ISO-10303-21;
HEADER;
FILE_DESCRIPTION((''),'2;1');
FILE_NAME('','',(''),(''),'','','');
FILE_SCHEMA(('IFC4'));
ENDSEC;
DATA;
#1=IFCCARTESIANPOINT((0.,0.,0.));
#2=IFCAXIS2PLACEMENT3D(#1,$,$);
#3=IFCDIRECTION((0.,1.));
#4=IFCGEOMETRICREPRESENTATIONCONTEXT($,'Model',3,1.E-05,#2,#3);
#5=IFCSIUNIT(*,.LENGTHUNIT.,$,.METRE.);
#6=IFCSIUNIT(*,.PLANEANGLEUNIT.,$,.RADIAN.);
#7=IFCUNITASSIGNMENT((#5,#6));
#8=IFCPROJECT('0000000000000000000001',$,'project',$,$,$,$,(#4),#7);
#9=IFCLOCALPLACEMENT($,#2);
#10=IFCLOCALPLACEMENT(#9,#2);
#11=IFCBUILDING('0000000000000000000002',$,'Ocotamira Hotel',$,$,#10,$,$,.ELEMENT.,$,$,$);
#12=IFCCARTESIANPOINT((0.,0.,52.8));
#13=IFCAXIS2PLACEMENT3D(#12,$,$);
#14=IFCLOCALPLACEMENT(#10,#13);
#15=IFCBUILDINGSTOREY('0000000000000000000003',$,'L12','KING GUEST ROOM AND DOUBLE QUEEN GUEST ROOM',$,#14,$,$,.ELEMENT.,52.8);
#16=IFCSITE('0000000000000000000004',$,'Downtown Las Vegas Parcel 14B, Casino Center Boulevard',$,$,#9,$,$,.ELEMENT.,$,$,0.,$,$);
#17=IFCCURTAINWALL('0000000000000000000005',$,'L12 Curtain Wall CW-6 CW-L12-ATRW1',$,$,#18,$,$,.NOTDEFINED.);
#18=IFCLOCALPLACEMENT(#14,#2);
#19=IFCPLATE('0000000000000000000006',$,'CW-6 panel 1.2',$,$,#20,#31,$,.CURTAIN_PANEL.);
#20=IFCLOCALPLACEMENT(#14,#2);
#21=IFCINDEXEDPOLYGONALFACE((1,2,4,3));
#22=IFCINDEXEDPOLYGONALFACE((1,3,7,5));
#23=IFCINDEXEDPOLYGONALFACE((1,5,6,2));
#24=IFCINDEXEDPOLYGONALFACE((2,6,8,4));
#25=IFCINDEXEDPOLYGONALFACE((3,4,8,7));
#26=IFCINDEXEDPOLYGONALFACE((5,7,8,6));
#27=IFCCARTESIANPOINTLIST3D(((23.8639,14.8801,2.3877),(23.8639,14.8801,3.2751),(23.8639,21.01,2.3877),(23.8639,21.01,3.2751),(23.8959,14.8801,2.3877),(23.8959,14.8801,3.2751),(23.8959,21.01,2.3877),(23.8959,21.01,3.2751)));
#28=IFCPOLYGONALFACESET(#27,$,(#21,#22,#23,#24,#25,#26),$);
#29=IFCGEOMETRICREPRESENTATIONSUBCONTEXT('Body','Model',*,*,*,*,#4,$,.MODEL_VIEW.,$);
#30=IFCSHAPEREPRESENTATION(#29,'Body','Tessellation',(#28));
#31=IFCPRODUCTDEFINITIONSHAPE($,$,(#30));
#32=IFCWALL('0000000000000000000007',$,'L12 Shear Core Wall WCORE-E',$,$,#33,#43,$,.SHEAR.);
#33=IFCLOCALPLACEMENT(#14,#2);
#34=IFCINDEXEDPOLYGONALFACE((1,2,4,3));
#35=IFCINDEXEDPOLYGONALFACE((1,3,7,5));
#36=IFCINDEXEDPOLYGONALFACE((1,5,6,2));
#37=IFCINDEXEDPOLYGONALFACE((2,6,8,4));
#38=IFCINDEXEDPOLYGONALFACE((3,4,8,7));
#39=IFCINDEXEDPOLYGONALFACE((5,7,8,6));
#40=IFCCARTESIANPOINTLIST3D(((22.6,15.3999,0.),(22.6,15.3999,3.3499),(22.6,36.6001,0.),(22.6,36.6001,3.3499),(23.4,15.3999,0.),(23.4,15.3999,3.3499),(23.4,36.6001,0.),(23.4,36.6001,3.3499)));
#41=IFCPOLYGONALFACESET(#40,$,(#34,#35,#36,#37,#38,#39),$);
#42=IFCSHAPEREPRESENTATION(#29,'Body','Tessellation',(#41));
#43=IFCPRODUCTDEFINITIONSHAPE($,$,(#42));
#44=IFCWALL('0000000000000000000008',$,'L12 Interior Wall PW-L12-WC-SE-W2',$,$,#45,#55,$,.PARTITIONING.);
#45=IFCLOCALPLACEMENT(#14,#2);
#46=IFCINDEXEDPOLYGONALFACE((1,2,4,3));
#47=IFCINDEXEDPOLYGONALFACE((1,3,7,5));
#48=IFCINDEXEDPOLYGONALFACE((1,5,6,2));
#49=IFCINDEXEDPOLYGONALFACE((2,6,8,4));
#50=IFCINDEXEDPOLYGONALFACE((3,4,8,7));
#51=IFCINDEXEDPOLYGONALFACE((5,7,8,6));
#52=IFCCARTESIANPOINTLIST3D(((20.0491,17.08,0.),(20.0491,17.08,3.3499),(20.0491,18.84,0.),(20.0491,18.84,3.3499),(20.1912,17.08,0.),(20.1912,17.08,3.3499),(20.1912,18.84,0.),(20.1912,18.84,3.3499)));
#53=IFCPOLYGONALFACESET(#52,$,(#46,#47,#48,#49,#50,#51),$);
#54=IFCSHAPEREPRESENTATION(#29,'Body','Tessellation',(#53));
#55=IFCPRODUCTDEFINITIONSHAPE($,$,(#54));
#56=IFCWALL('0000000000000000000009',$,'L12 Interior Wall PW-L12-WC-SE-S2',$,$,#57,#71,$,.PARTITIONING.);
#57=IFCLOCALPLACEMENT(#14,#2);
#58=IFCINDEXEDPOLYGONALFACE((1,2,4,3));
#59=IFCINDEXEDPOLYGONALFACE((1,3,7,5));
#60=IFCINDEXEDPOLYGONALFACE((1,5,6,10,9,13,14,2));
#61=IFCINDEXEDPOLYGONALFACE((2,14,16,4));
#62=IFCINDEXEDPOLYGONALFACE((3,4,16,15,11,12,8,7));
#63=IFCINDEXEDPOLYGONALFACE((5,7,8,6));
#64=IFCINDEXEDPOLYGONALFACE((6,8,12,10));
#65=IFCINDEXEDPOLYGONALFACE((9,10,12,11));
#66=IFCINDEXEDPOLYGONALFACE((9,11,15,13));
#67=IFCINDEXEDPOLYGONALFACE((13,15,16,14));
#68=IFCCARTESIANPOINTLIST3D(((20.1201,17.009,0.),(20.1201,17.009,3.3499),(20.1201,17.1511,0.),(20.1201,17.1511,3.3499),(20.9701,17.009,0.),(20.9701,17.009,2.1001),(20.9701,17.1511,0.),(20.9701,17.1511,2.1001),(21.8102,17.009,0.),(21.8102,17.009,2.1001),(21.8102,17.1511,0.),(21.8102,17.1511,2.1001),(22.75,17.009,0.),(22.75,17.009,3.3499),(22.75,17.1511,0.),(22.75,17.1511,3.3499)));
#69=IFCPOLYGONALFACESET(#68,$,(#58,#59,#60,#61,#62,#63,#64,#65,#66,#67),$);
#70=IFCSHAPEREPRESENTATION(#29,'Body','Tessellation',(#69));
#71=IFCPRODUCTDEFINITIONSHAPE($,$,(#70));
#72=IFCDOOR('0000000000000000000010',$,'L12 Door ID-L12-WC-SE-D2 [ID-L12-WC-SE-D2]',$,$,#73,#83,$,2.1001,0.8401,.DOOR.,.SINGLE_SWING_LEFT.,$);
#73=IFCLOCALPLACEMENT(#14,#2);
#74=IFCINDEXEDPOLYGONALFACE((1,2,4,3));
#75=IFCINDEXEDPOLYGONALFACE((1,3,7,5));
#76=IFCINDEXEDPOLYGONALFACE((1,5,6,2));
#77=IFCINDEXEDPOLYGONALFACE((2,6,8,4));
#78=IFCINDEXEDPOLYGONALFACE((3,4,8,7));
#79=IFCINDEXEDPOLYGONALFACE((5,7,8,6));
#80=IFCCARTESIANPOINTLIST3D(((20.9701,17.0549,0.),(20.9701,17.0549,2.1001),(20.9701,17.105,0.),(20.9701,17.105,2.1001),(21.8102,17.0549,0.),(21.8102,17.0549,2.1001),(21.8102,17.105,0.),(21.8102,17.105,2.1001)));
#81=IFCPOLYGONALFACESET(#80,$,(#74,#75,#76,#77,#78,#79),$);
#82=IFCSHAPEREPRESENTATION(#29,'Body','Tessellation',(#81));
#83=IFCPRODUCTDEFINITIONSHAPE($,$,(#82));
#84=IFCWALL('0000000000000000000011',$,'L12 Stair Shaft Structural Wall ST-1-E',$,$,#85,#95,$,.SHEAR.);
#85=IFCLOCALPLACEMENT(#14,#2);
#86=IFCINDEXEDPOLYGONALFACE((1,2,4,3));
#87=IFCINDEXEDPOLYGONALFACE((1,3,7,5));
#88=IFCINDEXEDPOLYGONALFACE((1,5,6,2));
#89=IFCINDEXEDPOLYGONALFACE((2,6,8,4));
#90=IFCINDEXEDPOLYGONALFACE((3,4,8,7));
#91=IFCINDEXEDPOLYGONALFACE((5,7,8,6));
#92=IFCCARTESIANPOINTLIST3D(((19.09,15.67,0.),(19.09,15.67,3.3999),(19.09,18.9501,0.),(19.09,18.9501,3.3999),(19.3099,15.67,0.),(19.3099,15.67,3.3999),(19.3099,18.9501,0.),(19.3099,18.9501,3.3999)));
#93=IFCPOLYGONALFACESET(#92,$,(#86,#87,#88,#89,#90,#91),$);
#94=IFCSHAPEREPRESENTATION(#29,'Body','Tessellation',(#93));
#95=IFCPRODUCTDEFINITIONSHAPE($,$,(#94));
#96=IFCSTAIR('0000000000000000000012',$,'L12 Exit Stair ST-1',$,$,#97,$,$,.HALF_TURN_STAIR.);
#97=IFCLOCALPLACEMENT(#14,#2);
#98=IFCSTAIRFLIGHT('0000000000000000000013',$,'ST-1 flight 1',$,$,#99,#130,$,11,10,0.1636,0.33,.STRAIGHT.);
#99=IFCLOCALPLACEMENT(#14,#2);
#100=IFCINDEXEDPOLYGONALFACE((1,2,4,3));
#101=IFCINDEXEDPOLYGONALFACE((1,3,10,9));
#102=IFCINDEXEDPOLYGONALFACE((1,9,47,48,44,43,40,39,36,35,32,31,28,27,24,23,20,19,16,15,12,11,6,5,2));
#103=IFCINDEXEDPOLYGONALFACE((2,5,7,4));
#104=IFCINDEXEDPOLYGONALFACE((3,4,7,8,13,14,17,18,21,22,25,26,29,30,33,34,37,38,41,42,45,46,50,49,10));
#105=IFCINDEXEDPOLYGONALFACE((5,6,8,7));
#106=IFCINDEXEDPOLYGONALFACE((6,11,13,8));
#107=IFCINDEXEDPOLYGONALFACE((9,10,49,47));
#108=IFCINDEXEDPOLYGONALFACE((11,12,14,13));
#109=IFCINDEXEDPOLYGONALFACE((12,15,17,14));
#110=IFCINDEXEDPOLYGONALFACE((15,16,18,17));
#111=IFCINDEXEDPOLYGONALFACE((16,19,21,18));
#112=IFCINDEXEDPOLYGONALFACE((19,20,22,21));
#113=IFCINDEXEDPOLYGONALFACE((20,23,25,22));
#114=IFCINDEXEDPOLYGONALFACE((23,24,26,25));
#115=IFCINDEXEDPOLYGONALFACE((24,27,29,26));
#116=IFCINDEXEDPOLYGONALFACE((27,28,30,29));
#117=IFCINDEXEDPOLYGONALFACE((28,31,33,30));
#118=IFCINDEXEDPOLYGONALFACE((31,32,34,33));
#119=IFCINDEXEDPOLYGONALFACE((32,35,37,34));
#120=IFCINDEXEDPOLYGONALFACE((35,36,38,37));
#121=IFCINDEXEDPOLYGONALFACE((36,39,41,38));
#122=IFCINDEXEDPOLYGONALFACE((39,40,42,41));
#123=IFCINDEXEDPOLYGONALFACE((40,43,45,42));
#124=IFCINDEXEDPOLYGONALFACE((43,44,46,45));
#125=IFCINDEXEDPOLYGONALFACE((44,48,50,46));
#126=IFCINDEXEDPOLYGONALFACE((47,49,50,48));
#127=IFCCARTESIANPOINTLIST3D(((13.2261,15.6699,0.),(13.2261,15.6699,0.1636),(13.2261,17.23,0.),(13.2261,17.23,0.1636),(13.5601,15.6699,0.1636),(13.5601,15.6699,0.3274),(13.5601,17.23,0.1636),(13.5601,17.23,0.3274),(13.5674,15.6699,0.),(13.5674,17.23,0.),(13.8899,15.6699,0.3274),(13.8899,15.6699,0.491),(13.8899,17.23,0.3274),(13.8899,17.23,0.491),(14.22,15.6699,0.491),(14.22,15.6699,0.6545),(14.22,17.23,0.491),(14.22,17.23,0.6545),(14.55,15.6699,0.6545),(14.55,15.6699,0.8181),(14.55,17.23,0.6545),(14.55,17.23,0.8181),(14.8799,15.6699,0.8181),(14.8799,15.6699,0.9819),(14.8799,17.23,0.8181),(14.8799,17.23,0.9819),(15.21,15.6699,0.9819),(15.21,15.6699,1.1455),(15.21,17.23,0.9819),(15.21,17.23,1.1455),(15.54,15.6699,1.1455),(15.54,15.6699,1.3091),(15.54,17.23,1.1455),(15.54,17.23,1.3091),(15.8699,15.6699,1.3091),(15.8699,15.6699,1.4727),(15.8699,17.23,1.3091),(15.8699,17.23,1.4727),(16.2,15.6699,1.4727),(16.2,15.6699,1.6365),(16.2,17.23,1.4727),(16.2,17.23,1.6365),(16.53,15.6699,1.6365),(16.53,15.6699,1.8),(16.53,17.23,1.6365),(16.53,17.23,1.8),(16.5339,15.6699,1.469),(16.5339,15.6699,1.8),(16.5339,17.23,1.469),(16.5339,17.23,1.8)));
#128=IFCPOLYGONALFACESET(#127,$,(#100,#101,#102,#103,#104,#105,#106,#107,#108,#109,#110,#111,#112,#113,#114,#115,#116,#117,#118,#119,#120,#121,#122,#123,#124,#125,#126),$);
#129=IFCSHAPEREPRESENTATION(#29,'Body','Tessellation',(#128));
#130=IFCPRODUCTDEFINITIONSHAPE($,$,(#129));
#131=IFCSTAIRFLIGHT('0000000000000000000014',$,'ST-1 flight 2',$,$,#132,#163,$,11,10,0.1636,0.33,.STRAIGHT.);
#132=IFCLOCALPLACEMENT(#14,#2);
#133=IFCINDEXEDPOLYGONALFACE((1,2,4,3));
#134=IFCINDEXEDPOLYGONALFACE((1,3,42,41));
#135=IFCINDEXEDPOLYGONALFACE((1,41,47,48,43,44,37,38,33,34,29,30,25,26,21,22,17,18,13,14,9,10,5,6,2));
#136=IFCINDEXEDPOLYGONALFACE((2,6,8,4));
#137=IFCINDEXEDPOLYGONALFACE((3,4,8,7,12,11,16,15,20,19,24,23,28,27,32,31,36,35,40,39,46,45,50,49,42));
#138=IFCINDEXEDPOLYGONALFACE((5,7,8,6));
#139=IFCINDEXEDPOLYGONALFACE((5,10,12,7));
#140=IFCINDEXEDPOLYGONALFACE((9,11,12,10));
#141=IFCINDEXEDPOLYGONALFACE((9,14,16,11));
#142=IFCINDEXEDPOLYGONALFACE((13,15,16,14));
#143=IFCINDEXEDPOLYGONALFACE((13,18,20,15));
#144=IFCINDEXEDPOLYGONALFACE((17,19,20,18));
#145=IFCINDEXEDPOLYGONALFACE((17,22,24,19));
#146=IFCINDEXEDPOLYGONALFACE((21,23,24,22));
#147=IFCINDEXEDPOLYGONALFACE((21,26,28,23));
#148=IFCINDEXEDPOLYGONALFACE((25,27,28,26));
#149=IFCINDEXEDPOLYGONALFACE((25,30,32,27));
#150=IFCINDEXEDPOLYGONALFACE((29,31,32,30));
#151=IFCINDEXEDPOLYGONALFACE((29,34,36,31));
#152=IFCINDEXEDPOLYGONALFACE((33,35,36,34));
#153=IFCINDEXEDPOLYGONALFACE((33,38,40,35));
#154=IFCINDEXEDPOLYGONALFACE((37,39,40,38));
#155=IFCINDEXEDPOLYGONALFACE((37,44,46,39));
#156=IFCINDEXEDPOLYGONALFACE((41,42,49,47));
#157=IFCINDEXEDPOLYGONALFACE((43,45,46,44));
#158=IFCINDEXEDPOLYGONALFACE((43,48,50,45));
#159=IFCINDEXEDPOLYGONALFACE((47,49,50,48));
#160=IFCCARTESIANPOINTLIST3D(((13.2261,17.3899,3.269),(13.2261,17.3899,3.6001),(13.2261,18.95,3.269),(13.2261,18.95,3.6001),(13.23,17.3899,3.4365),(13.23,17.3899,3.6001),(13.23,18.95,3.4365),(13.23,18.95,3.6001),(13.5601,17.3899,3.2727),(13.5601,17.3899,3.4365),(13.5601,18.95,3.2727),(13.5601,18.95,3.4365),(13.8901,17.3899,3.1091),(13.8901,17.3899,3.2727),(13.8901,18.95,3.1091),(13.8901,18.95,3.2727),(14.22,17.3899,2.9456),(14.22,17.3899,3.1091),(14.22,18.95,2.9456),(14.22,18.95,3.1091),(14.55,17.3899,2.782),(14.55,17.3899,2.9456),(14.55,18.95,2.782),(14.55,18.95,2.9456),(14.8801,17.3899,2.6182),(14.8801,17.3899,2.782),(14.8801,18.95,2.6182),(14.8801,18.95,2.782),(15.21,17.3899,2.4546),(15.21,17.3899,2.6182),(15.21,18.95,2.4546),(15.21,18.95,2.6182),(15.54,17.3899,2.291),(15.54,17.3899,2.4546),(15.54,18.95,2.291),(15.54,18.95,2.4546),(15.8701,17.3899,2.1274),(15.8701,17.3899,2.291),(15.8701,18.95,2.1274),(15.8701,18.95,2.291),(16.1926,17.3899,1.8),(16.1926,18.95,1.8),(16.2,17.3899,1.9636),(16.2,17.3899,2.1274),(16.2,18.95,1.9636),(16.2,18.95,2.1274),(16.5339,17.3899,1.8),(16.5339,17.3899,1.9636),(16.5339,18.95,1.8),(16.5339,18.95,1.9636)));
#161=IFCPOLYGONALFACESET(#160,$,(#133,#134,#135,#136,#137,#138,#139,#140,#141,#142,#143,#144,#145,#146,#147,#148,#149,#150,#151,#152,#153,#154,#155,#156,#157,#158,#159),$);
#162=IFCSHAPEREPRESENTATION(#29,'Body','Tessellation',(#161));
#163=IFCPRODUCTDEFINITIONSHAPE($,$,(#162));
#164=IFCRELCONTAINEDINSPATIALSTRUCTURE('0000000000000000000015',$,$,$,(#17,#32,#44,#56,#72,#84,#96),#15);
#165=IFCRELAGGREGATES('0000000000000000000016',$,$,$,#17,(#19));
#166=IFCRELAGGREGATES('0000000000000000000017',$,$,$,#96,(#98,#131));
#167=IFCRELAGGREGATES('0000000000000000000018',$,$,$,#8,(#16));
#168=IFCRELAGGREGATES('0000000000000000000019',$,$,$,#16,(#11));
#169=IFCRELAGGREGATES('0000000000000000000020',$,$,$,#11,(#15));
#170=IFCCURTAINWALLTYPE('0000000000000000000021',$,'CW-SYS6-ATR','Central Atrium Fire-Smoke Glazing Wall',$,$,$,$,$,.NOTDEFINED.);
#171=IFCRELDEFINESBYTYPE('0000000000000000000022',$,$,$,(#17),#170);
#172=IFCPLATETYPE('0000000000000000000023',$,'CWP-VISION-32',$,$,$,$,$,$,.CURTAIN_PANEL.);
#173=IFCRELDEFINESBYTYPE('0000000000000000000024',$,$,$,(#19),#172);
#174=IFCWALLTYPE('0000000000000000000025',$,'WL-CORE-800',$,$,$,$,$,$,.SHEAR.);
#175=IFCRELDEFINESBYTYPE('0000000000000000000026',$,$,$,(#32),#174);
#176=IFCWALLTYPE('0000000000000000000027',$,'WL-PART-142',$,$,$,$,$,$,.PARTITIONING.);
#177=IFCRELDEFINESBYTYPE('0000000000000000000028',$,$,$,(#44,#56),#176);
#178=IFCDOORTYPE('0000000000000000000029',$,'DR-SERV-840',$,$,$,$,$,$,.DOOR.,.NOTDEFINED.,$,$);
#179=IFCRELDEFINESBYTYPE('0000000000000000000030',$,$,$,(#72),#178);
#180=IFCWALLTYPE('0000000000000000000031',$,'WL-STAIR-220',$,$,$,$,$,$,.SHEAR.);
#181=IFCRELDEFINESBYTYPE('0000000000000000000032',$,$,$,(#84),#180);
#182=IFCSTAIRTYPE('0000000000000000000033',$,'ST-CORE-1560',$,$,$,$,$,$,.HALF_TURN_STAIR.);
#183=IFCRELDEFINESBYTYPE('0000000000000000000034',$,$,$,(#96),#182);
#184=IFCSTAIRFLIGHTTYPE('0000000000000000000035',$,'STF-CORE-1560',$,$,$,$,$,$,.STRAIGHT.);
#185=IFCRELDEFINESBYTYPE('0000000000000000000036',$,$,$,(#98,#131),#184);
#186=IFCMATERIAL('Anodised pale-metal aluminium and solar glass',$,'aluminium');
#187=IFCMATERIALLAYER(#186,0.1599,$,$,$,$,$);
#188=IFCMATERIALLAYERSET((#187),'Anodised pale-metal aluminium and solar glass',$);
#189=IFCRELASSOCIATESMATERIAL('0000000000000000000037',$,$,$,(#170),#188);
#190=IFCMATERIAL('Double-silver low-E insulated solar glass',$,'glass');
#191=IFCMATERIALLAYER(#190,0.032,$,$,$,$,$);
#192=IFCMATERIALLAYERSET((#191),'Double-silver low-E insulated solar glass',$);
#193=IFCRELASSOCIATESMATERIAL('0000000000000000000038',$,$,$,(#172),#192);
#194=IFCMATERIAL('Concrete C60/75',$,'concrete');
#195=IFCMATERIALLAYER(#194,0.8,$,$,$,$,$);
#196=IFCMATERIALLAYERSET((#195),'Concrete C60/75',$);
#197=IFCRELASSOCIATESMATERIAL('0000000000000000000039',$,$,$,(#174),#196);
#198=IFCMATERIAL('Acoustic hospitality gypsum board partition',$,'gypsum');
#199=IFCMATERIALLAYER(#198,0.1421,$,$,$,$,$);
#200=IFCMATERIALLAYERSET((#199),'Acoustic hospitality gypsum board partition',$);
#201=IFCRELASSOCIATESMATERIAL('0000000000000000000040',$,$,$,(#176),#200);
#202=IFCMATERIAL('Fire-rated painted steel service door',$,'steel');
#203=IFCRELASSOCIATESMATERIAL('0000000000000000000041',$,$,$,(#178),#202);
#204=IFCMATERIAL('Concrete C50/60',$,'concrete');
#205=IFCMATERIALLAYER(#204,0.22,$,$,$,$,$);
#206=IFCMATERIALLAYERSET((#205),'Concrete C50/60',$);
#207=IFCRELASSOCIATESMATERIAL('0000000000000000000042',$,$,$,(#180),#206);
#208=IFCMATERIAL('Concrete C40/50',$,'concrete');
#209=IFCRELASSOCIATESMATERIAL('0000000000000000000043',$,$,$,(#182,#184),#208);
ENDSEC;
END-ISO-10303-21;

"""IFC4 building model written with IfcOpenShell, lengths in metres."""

from ifc_helpers import new_model, si_unit, direction, frame, frame_2d, origin, origin_2d, place, context, subcontext, project, spatial, polyline, rectangle, outline, extrude, source, transform, mapped, material, layer, layer_set, type_object, element, fill, aggregate, save


model = new_model("IFC4")

# Units and contexts
model_context = context("Model", 3, precision=1e-05, world=origin(), true_north=direction((0.0, 1.0)))
body_context = subcontext(model_context, "Body", "Model", "MODEL_VIEW")
ifc_project = project(units=[si_unit("LENGTHUNIT", "METRE"), si_unit("PLANEANGLEUNIT", "RADIAN")], contexts=[model_context])

# Site, building, storey
site_placement = place(None, origin())
site = spatial("IfcSite", under=ifc_project, at=site_placement, Name="Downtown Las Vegas Parcel 14B, Casino Center Boulevard", CompositionType="ELEMENT", RefElevation=0.0)
building_placement = place(site_placement, origin())
building = spatial("IfcBuilding", under=site, at=building_placement, Name="Ocotamira Hotel", CompositionType="ELEMENT")
storey_placement = place(building_placement, frame((0.0, 0.0, 52.8)))
storey = spatial("IfcBuildingStorey", under=building, at=storey_placement, Name="L12", Description="KING GUEST ROOM AND DOUBLE QUEEN GUEST ROOM", CompositionType="ELEMENT", Elevation=52.8)

# Curtain wall, plate
ifc_material_1 = material(Name="Anodised pale-metal aluminium and solar glass", Category="aluminium")
ifc_layer_1 = layer(ifc_material_1, 0.1599)
ifc_layer_set_1 = layer_set([ifc_layer_1], Name="Anodised pale-metal aluminium and solar glass")
curtain_wall_type = type_object("IfcCurtainWallType", Name="CW-SYS6-ATR", Description="Central Atrium Fire-Smoke Glazing Wall", PredefinedType="NOTDEFINED", material=ifc_layer_set_1)
curtain_wall_placement = place(storey_placement, origin())
curtain_wall = element("IfcCurtainWall", 1, at=curtain_wall_placement, inside=storey, type_object=curtain_wall_type, Name="L12 Curtain Wall CW-6 CW-L12-ATRW1", PredefinedType="NOTDEFINED")
ifc_material_2 = material(Name="Double-silver low-E insulated solar glass", Category="glass")
ifc_layer_2 = layer(ifc_material_2, 0.032)
ifc_layer_set_2 = layer_set([ifc_layer_2], Name="Double-silver low-E insulated solar glass")
plate_type = type_object("IfcPlateType", Name="CWP-VISION-32", PredefinedType="CURTAIN_PANEL", material=ifc_layer_set_2)
shared_shape_1 = source(origin(), body_context, "Body", "SweptSolid", [
    extrude(rectangle(XDim=6.1299, YDim=0.032, at=origin_2d()), origin(), (0.0, 0.0, 1.0), 0.8875),
])
plate_1_placement = place(storey_placement, frame((23.8799, 17.9451, 2.3877), z_axis=(0.0, 0.0, 1.0), x_axis=(0.0, 1.0, 0.0)))
plate_1 = element("IfcPlate", 2, at=plate_1_placement, type_object=plate_type, Name="CW-6 panel 1.2", PredefinedType="CURTAIN_PANEL", context=body_context, shape_type="MappedRepresentation", body=[
    mapped(shared_shape_1, transform((0.0, 0.0, 0.0), scale=1.0)),
])
aggregate(curtain_wall, [plate_1])

# Walls
ifc_material_3 = material(Name="Concrete C60/75", Category="concrete")
ifc_layer_3 = layer(ifc_material_3, 0.8)
ifc_layer_set_3 = layer_set([ifc_layer_3], Name="Concrete C60/75")
wall_type_1 = type_object("IfcWallType", Name="WL-CORE-800", PredefinedType="SHEAR", material=ifc_layer_set_3)
wall_1_placement = place(storey_placement, frame((23.0, 15.3999, 0.0), z_axis=(0.0, 0.0, 1.0), x_axis=(0.0, 1.0, 0.0)))
element("IfcWall", 3, at=wall_1_placement, inside=storey, type_object=wall_type_1, Name="L12 Shear Core Wall WCORE-E", PredefinedType="SHEAR", context=body_context, shape_type="SweptSolid", body=[
    extrude(rectangle(XDim=21.2002, YDim=0.8, at=frame_2d((10.6001, 0.0))), origin(), (0.0, 0.0, 1.0), 3.3499),
])
ifc_material_4 = material(Name="Acoustic hospitality gypsum board partition", Category="gypsum")
ifc_layer_4 = layer(ifc_material_4, 0.1421)
ifc_layer_set_4 = layer_set([ifc_layer_4], Name="Acoustic hospitality gypsum board partition")
wall_type_2 = type_object("IfcWallType", Name="WL-PART-142", PredefinedType="PARTITIONING", material=ifc_layer_set_4)
wall_2_placement = place(storey_placement, frame((20.1201, 17.0801, 0.0), z_axis=(0.0, 0.0, 1.0), x_axis=(0.0, 1.0, 0.0)))
element("IfcWall", 4, at=wall_2_placement, inside=storey, type_object=wall_type_2, Name="L12 Interior Wall PW-L12-WC-SE-W2", PredefinedType="PARTITIONING", context=body_context, shape_type="SweptSolid", body=[
    extrude(rectangle(XDim=1.76, YDim=0.1421, at=frame_2d((0.8799, 0.0))), origin(), (0.0, 0.0, 1.0), 3.3499),
])

# Wall, opening, door
wall_3_placement = place(storey_placement, frame((20.1201, 17.0801, 0.0), z_axis=(0.0, 0.0, 1.0), x_axis=(1.0, 0.0, 0.0)))
wall_3 = element("IfcWall", 5, at=wall_3_placement, inside=storey, type_object=wall_type_2, Name="L12 Interior Wall PW-L12-WC-SE-S2", PredefinedType="PARTITIONING", context=body_context, shape_type="SweptSolid", body=[
    extrude(rectangle(XDim=2.6299, YDim=0.1421, at=frame_2d((1.3149, 0.0))), origin(), (0.0, 0.0, 1.0), 3.3499),
])
opening_placement = place(wall_3_placement, frame((0.8501, 0.0, 0.0)))
opening = element("IfcOpeningElement", 6, at=opening_placement, cuts=wall_3, PredefinedType="OPENING", context=body_context, shape_type="SweptSolid", body=[
    extrude(rectangle(XDim=0.8401, YDim=2.1001, at=frame_2d((0.4199, 1.05))), frame((0.0, 0.0811, 0.0), z_axis=(0.0, -1.0, 0.0), x_axis=(1.0, 0.0, 0.0)), (0.0, 0.0, 1.0), 0.1621),
])
ifc_material_5 = material(Name="Fire-rated painted steel service door", Category="steel")
door_type = type_object("IfcDoorType", Name="DR-SERV-840", OperationType="NOTDEFINED", PredefinedType="DOOR", material=ifc_material_5)
shared_shape_2 = source(origin(), body_context, "Body", "SweptSolid", [
    extrude(rectangle(XDim=0.8401, YDim=2.1001, at=frame_2d((0.4199, 1.05))), frame((0.0, 0.0249, 0.0), z_axis=(0.0, -1.0, 0.0), x_axis=(1.0, 0.0, 0.0)), (0.0, 0.0, 1.0), 0.05),
])
door_placement = place(opening_placement, origin())
door = element("IfcDoor", 7, at=door_placement, inside=storey, type_object=door_type, Name="L12 Door ID-L12-WC-SE-D2 [ID-L12-WC-SE-D2]", OperationType="SINGLE_SWING_LEFT", OverallHeight=2.1001, OverallWidth=0.8401, PredefinedType="DOOR", context=body_context, shape_type="MappedRepresentation", body=[
    mapped(shared_shape_2, transform((0.0, 0.0, 0.0), scale=1.0)),
])
fill(opening, door)

# Wall
ifc_material_6 = material(Name="Concrete C50/60", Category="concrete")
ifc_layer_5 = layer(ifc_material_6, 0.22)
ifc_layer_set_5 = layer_set([ifc_layer_5], Name="Concrete C50/60")
wall_type_3 = type_object("IfcWallType", Name="WL-STAIR-220", PredefinedType="SHEAR", material=ifc_layer_set_5)
wall_4_placement = place(storey_placement, frame((19.2, 15.6699, 0.0), z_axis=(0.0, 0.0, 1.0), x_axis=(0.0, 1.0, 0.0)))
element("IfcWall", 8, at=wall_4_placement, inside=storey, type_object=wall_type_3, Name="L12 Stair Shaft Structural Wall ST-1-E", PredefinedType="SHEAR", context=body_context, shape_type="SweptSolid", body=[
    extrude(rectangle(XDim=3.28, YDim=0.22, at=frame_2d((1.6401, 0.0))), origin(), (0.0, 0.0, 1.0), 3.3999),
])

# Stair, stair flights
ifc_material_7 = material(Name="Concrete C40/50", Category="concrete")
stair_type = type_object("IfcStairType", Name="ST-CORE-1560", PredefinedType="HALF_TURN_STAIR", material=ifc_material_7)
stair_placement = place(storey_placement, origin())
stair = element("IfcStair", 9, at=stair_placement, inside=storey, type_object=stair_type, Name="L12 Exit Stair ST-1", PredefinedType="HALF_TURN_STAIR")
stair_flight_type = type_object("IfcStairFlightType", Name="STF-CORE-1560", PredefinedType="STRAIGHT", material=ifc_material_7)
shared_shape_3 = source(origin(), body_context, "Body", "SweptSolid", [
    extrude(outline(polyline([(-0.0039, 0.0), (-0.0039, 0.1636), (0.3301, 0.1636), (0.3301, 0.3274), (0.6599, 0.3274), (0.6599, 0.491), (0.99, 0.491), (0.99, 0.6545), (1.3201, 0.6545), (1.3201, 0.8181), (1.6499, 0.8181), (1.6499, 0.9819), (1.98, 0.9819), (1.98, 1.1455), (2.3101, 1.1455), (2.3101, 1.3091), (2.6399, 1.3091), (2.6399, 1.4727), (2.97, 1.4727), (2.97, 1.6365), (3.3, 1.6365), (3.3, 1.8), (3.304, 1.8), (3.304, 1.469), (0.3374, 0.0), (-0.0039, 0.0)])), frame((0.0, 0.78, 0.0), z_axis=(0.0, -1.0, 0.0), x_axis=(1.0, 0.0, 0.0)), (0.0, 0.0, 1.0), 1.5601),
])
stair_flight_1_placement = place(storey_placement, frame((13.23, 16.45, 0.0), z_axis=(0.0, 0.0, 1.0), x_axis=(1.0, 0.0, 0.0)))
stair_flight_1 = element("IfcStairFlight", 10, at=stair_flight_1_placement, type_object=stair_flight_type, Name="ST-1 flight 1", NumberOfRisers=11, NumberOfTreads=10, PredefinedType="STRAIGHT", RiserHeight=0.1636, TreadLength=0.33, context=body_context, shape_type="MappedRepresentation", body=[
    mapped(shared_shape_3, transform((0.0, 0.0, 0.0), scale=1.0)),
])
stair_flight_2_placement = place(storey_placement, frame((16.53, 18.1699, 1.8), z_axis=(0.0, 0.0, 1.0), x_axis=(-1.0, 0.0, 0.0)))
stair_flight_2 = element("IfcStairFlight", 11, at=stair_flight_2_placement, type_object=stair_flight_type, Name="ST-1 flight 2", NumberOfRisers=11, NumberOfTreads=10, PredefinedType="STRAIGHT", RiserHeight=0.1636, TreadLength=0.33, context=body_context, shape_type="MappedRepresentation", body=[
    mapped(shared_shape_3, transform((0.0, 0.0, 0.0), scale=1.0)),
])
aggregate(stair, [stair_flight_1, stair_flight_2])

save(model, "model.ifc")
